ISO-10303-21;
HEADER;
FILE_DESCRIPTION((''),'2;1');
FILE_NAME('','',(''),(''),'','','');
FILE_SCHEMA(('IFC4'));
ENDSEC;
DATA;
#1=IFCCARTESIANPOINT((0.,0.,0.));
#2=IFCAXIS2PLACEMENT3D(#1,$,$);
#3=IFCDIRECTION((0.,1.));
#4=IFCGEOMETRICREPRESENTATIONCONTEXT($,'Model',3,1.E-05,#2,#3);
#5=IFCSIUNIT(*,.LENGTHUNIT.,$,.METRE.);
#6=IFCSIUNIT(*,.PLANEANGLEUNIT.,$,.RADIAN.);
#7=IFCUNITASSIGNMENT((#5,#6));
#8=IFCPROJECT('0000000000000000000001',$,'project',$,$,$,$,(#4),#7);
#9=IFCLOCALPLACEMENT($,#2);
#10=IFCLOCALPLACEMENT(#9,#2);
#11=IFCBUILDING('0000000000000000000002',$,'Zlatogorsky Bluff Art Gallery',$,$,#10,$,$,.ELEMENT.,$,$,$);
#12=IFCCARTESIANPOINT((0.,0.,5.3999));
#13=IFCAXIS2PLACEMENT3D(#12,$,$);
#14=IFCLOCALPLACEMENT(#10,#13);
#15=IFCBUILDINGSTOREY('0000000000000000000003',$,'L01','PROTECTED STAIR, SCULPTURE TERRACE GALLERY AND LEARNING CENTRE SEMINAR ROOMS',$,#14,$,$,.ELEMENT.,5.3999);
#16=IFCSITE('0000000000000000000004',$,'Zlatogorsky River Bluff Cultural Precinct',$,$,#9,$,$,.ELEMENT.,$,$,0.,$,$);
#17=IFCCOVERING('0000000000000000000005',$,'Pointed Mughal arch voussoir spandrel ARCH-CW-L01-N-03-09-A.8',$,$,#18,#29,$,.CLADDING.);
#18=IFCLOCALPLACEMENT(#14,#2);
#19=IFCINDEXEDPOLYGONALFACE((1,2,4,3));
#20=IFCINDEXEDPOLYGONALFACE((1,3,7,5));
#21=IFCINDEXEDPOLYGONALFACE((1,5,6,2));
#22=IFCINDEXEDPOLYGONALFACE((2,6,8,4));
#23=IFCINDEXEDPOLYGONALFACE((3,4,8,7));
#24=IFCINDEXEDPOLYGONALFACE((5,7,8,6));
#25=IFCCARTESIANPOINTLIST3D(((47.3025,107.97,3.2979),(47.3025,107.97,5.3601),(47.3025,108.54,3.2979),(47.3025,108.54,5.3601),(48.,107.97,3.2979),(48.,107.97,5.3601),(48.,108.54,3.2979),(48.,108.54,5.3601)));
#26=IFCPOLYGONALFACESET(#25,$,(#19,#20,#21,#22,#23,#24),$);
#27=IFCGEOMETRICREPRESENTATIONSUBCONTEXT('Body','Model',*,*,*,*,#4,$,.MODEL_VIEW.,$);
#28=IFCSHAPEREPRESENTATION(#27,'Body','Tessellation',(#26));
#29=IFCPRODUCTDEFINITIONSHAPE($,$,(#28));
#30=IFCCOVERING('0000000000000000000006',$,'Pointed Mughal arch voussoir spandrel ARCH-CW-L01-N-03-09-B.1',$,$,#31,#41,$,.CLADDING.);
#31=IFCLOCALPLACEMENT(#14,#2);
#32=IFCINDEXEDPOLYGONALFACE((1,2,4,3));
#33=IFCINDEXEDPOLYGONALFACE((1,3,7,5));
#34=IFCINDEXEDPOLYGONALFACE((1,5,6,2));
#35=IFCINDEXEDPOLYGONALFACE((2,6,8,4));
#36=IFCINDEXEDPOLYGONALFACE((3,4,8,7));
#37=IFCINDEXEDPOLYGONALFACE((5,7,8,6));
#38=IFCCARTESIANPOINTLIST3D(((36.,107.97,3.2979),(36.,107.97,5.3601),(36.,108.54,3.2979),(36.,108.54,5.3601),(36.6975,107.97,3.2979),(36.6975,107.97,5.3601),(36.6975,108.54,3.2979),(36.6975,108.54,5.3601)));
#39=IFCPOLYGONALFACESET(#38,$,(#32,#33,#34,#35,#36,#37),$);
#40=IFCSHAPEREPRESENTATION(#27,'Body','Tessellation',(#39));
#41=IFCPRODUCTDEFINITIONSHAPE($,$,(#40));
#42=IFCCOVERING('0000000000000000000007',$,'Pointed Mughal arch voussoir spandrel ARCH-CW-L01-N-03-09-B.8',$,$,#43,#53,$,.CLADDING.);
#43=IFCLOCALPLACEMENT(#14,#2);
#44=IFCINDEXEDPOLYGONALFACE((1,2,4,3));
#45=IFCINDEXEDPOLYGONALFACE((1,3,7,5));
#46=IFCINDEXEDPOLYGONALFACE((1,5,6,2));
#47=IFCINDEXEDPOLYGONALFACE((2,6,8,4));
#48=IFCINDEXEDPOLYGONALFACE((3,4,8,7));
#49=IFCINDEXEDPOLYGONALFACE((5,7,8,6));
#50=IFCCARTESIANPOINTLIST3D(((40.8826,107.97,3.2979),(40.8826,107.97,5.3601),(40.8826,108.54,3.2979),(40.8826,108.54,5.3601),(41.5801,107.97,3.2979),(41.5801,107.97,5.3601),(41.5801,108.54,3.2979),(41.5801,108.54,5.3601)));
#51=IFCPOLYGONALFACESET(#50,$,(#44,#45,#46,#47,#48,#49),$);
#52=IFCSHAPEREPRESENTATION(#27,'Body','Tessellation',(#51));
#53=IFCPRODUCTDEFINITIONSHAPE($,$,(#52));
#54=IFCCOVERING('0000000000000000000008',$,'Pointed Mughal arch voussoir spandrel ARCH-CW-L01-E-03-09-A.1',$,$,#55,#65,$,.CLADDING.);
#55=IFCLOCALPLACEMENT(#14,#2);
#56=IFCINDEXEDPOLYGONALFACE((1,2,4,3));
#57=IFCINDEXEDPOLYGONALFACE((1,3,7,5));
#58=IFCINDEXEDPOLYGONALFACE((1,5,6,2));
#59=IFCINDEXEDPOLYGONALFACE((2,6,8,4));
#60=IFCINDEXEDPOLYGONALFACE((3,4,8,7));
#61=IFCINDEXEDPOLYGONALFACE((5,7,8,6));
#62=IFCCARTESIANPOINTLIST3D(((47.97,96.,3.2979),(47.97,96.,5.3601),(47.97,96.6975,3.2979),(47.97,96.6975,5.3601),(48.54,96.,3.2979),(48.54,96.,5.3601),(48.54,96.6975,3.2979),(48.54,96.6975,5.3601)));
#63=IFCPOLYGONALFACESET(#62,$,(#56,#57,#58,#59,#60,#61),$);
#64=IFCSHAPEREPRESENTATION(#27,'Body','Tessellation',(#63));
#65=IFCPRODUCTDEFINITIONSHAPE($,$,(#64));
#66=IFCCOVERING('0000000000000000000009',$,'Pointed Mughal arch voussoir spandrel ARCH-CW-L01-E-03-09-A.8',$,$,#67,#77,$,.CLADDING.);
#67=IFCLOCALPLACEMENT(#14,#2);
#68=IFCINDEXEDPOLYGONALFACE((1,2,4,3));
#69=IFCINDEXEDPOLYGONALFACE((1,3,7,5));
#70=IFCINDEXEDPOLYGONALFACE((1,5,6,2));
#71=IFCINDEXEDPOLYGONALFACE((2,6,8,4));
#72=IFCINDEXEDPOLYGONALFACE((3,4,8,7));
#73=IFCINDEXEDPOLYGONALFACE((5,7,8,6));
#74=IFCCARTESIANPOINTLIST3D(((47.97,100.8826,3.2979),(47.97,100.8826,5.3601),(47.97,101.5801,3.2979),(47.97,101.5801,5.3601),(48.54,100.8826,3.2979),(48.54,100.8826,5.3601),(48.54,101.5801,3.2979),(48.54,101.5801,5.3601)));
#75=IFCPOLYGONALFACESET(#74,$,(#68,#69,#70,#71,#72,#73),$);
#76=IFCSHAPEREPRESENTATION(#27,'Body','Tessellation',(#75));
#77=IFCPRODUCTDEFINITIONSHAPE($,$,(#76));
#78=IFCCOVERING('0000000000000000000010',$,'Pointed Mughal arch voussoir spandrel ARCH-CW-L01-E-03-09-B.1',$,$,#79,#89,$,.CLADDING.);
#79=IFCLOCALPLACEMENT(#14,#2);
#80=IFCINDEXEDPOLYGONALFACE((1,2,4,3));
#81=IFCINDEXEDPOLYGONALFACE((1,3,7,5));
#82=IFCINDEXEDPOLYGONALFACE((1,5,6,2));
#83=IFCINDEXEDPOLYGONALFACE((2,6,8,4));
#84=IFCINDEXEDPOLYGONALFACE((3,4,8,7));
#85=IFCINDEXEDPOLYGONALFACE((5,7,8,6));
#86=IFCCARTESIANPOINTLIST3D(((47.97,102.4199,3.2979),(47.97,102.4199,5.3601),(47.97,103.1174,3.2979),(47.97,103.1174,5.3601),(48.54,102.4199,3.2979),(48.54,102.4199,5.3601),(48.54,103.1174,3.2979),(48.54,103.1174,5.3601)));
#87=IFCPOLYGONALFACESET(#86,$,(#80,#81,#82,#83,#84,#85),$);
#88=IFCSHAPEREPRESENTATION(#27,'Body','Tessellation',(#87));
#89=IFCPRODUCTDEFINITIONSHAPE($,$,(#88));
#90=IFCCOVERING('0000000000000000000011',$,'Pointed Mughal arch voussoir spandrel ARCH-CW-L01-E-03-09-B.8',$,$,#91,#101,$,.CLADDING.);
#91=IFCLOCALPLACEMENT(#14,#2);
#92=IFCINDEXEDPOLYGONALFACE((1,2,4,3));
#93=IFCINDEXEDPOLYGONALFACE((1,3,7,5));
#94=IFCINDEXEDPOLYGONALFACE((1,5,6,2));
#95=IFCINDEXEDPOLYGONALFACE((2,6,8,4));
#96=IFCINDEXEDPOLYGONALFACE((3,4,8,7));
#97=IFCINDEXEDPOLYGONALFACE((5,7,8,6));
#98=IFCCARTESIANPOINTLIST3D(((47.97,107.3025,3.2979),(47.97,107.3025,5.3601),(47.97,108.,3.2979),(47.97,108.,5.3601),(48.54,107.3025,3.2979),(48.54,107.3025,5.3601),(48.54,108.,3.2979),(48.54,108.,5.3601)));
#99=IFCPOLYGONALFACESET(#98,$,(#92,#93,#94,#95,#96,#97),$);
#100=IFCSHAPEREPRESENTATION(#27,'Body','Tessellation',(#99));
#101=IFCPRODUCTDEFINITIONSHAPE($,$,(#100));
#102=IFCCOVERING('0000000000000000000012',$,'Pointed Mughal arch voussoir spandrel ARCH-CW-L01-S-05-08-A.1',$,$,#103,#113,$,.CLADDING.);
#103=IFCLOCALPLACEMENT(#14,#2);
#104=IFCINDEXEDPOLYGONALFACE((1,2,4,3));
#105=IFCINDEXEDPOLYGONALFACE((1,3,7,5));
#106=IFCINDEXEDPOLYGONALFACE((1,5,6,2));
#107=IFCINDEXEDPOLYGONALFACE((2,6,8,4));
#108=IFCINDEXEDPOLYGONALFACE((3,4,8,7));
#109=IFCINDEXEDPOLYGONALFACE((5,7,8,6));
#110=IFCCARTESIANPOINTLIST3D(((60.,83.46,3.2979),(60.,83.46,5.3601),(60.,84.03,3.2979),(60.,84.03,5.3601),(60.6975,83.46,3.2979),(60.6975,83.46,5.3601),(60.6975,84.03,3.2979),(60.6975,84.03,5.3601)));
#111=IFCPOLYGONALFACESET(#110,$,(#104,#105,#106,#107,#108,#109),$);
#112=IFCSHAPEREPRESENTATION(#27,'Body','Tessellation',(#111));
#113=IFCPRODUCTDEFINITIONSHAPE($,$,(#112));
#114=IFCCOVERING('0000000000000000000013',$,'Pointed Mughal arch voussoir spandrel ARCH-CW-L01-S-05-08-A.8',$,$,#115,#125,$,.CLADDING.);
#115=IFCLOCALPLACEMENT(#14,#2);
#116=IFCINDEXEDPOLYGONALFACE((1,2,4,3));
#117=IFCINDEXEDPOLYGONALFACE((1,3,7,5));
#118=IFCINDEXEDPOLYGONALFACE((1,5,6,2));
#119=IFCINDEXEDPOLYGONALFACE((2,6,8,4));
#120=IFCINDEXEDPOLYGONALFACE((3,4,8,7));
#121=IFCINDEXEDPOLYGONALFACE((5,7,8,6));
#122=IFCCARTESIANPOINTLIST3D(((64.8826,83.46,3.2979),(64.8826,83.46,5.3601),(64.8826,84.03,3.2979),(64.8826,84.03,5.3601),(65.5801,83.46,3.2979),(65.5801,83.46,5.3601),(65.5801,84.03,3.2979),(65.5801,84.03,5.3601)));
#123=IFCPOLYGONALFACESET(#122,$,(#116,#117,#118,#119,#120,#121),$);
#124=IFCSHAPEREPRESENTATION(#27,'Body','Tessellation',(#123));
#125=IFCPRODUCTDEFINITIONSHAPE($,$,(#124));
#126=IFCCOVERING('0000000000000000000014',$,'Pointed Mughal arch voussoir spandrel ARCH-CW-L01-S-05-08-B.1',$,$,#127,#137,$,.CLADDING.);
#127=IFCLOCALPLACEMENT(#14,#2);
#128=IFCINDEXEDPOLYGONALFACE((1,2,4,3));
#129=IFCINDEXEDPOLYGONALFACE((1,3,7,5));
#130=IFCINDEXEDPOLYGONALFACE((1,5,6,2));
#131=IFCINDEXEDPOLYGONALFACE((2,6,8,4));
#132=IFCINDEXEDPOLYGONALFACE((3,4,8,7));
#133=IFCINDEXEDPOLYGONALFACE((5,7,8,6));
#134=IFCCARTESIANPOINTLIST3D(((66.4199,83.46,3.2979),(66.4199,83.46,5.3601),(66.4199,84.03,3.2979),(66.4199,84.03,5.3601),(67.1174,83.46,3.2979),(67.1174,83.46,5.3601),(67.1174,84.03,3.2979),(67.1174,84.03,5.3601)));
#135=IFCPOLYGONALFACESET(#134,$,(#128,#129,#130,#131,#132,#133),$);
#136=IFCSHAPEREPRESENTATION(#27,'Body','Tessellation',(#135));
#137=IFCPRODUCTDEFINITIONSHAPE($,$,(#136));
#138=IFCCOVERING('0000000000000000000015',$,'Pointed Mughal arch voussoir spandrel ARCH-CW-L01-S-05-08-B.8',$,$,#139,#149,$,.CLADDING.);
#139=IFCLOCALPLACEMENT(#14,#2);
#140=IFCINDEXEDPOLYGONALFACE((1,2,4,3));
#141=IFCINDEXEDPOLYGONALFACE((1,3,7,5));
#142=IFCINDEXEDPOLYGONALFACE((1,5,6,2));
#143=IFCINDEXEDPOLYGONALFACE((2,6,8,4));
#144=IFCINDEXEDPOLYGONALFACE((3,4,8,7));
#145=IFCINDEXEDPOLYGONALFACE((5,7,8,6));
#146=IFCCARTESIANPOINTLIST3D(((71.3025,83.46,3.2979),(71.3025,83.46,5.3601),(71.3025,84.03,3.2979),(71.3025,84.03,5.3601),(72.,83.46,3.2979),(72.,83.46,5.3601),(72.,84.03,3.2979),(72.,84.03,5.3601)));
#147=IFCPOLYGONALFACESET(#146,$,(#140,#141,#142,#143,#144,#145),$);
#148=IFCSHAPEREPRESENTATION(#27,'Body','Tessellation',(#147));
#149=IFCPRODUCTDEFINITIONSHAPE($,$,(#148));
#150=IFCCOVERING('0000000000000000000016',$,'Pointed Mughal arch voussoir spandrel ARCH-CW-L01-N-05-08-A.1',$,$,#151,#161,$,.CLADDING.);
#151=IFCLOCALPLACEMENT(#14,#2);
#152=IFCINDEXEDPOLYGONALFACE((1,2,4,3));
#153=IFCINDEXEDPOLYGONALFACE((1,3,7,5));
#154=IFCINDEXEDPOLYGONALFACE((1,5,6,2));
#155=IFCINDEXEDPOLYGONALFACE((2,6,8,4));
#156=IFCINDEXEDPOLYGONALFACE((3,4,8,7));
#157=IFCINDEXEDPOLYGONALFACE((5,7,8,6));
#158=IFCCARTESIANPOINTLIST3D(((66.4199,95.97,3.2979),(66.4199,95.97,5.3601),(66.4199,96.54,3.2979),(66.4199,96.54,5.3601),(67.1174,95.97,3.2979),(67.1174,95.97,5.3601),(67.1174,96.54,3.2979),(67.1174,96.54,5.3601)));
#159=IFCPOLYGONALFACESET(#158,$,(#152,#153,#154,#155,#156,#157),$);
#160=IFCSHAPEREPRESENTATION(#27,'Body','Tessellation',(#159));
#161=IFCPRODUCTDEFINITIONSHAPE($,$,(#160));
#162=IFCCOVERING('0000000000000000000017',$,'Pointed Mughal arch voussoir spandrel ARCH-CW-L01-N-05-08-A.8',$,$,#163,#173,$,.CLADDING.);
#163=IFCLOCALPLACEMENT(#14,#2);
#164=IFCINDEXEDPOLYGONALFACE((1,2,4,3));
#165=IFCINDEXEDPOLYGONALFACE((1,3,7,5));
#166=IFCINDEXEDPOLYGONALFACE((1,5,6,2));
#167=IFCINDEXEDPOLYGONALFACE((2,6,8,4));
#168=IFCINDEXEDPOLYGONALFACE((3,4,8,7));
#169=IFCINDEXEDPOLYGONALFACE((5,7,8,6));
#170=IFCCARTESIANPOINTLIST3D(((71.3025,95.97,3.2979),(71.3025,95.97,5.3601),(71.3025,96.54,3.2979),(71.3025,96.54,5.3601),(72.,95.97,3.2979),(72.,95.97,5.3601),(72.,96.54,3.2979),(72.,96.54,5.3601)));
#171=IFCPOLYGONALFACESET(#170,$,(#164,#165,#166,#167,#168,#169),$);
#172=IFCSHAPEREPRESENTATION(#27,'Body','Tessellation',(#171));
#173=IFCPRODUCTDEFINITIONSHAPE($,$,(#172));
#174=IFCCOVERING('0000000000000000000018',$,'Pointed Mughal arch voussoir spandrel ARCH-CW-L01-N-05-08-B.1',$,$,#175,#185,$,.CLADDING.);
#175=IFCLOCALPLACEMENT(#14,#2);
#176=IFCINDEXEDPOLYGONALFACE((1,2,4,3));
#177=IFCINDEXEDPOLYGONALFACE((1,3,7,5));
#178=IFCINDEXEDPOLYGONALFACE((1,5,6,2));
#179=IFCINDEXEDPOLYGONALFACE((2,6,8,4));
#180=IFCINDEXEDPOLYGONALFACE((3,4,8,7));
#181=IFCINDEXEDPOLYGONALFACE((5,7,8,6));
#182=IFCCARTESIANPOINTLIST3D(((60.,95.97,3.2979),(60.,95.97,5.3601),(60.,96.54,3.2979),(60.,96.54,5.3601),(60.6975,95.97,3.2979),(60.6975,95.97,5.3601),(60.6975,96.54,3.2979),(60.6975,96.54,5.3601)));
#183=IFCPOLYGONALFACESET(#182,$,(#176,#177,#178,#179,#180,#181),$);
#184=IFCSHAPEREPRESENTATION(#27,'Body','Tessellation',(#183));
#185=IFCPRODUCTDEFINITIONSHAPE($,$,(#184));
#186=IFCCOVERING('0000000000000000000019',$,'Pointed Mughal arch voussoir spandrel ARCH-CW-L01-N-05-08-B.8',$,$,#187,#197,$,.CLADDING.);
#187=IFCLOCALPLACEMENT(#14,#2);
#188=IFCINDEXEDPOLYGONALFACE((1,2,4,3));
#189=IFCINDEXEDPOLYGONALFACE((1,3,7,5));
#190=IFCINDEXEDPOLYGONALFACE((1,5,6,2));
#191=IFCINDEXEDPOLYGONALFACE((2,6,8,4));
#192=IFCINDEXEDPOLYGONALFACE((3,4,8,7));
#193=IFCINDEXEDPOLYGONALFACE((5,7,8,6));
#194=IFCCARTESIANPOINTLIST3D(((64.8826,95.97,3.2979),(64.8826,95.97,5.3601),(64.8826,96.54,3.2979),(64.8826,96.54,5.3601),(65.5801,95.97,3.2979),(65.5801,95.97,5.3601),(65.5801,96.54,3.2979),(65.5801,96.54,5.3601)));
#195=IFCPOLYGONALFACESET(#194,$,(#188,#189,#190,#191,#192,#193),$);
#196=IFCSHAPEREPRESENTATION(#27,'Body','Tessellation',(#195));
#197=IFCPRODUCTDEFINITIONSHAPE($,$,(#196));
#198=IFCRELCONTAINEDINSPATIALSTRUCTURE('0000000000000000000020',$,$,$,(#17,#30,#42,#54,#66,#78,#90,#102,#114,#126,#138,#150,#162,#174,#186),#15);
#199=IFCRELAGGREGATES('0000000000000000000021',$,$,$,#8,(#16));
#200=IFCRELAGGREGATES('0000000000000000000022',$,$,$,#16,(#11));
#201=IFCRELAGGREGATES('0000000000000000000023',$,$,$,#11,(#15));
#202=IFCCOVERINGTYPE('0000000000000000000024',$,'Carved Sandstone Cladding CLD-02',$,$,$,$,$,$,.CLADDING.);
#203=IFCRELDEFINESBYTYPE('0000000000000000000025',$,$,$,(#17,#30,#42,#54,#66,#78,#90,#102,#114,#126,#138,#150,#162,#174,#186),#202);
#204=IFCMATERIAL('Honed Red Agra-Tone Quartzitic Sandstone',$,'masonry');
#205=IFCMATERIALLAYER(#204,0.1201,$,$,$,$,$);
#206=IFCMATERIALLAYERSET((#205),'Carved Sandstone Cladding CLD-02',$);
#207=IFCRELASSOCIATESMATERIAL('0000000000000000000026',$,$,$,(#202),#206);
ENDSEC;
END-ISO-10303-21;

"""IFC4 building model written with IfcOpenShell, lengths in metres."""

from ifc_helpers import new_model, si_unit, direction, frame, origin, place, context, subcontext, project, spatial, polyline, outline, extrude, material, layer, layer_set, type_object, element, save


model = new_model("IFC4")

# Units and contexts
model_context = context("Model", 3, precision=1e-05, world=origin(), true_north=direction((0.0, 1.0)))
body_context = subcontext(model_context, "Body", "Model", "MODEL_VIEW")
ifc_project = project(units=[si_unit("LENGTHUNIT", "METRE"), si_unit("PLANEANGLEUNIT", "RADIAN")], contexts=[model_context])

# Site, building, storey
site_placement = place(None, origin())
site = spatial("IfcSite", under=ifc_project, at=site_placement, Name="Zlatogorsky River Bluff Cultural Precinct", CompositionType="ELEMENT", RefElevation=0.0)
building_placement = place(site_placement, origin())
building = spatial("IfcBuilding", under=site, at=building_placement, Name="Zlatogorsky Bluff Art Gallery", CompositionType="ELEMENT")
storey_placement = place(building_placement, frame((0.0, 0.0, 5.3999)))
storey = spatial("IfcBuildingStorey", under=building, at=storey_placement, Name="L01", Description="PROTECTED STAIR, SCULPTURE TERRACE GALLERY AND LEARNING CENTRE SEMINAR ROOMS", CompositionType="ELEMENT", Elevation=5.3999)

# Coverings
ifc_material = material(Name="Honed Red Agra-Tone Quartzitic Sandstone", Category="masonry")
ifc_layer = layer(ifc_material, 0.1201)
ifc_layer_set = layer_set([ifc_layer], Name="Carved Sandstone Cladding CLD-02")
covering_type = type_object("IfcCoveringType", Name="Carved Sandstone Cladding CLD-02", PredefinedType="CLADDING", material=ifc_layer_set)
covering_1_placement = place(storey_placement, frame((0.0, 0.0, 3.2979)))
element("IfcCovering", 1, at=covering_1_placement, inside=storey, type_object=covering_type, Name="Pointed Mughal arch voussoir spandrel ARCH-CW-L01-N-03-09-A.8", PredefinedType="CLADDING", context=body_context, shape_type="SweptSolid", body=[
    extrude(outline(polyline([(47.3025, 107.97), (48.0, 107.97), (48.0, 108.54), (47.3025, 108.54), (47.3025, 107.97)])), origin(), (0.0, 0.0, 1.0), 2.0623),
])
covering_2_placement = place(storey_placement, frame((0.0, 0.0, 3.2979)))
element("IfcCovering", 2, at=covering_2_placement, inside=storey, type_object=covering_type, Name="Pointed Mughal arch voussoir spandrel ARCH-CW-L01-N-03-09-B.1", PredefinedType="CLADDING", context=body_context, shape_type="SweptSolid", body=[
    extrude(outline(polyline([(36.0, 107.97), (36.6975, 107.97), (36.6975, 108.54), (36.0, 108.54), (36.0, 107.97)])), origin(), (0.0, 0.0, 1.0), 2.0623),
])
covering_3_placement = place(storey_placement, frame((0.0, 0.0, 3.2979)))
element("IfcCovering", 3, at=covering_3_placement, inside=storey, type_object=covering_type, Name="Pointed Mughal arch voussoir spandrel ARCH-CW-L01-N-03-09-B.8", PredefinedType="CLADDING", context=body_context, shape_type="SweptSolid", body=[
    extrude(outline(polyline([(40.8826, 107.97), (41.5801, 107.97), (41.5801, 108.54), (40.8826, 108.54), (40.8826, 107.97)])), origin(), (0.0, 0.0, 1.0), 2.0623),
])
covering_4_placement = place(storey_placement, frame((0.0, 0.0, 3.2979)))
element("IfcCovering", 4, at=covering_4_placement, inside=storey, type_object=covering_type, Name="Pointed Mughal arch voussoir spandrel ARCH-CW-L01-E-03-09-A.1", PredefinedType="CLADDING", context=body_context, shape_type="SweptSolid", body=[
    extrude(outline(polyline([(47.97, 96.0), (47.97, 96.6975), (48.54, 96.6975), (48.54, 96.0), (47.97, 96.0)])), origin(), (0.0, 0.0, 1.0), 2.0623),
])
covering_5_placement = place(storey_placement, frame((0.0, 0.0, 3.2979)))
element("IfcCovering", 5, at=covering_5_placement, inside=storey, type_object=covering_type, Name="Pointed Mughal arch voussoir spandrel ARCH-CW-L01-E-03-09-A.8", PredefinedType="CLADDING", context=body_context, shape_type="SweptSolid", body=[
    extrude(outline(polyline([(47.97, 100.8826), (47.97, 101.5801), (48.54, 101.5801), (48.54, 100.8826), (47.97, 100.8826)])), origin(), (0.0, 0.0, 1.0), 2.0623),
])
covering_6_placement = place(storey_placement, frame((0.0, 0.0, 3.2979)))
element("IfcCovering", 6, at=covering_6_placement, inside=storey, type_object=covering_type, Name="Pointed Mughal arch voussoir spandrel ARCH-CW-L01-E-03-09-B.1", PredefinedType="CLADDING", context=body_context, shape_type="SweptSolid", body=[
    extrude(outline(polyline([(47.97, 102.4199), (47.97, 103.1174), (48.54, 103.1174), (48.54, 102.4199), (47.97, 102.4199)])), origin(), (0.0, 0.0, 1.0), 2.0623),
])
covering_7_placement = place(storey_placement, frame((0.0, 0.0, 3.2979)))
element("IfcCovering", 7, at=covering_7_placement, inside=storey, type_object=covering_type, Name="Pointed Mughal arch voussoir spandrel ARCH-CW-L01-E-03-09-B.8", PredefinedType="CLADDING", context=body_context, shape_type="SweptSolid", body=[
    extrude(outline(polyline([(47.97, 107.3025), (47.97, 108.0), (48.54, 108.0), (48.54, 107.3025), (47.97, 107.3025)])), origin(), (0.0, 0.0, 1.0), 2.0623),
])
covering_8_placement = place(storey_placement, frame((0.0, 0.0, 3.2979)))
element("IfcCovering", 8, at=covering_8_placement, inside=storey, type_object=covering_type, Name="Pointed Mughal arch voussoir spandrel ARCH-CW-L01-S-05-08-A.1", PredefinedType="CLADDING", context=body_context, shape_type="SweptSolid", body=[
    extrude(outline(polyline([(60.0, 83.46), (60.6975, 83.46), (60.6975, 84.03), (60.0, 84.03), (60.0, 83.46)])), origin(), (0.0, 0.0, 1.0), 2.0623),
])
covering_9_placement = place(storey_placement, frame((0.0, 0.0, 3.2979)))
element("IfcCovering", 9, at=covering_9_placement, inside=storey, type_object=covering_type, Name="Pointed Mughal arch voussoir spandrel ARCH-CW-L01-S-05-08-A.8", PredefinedType="CLADDING", context=body_context, shape_type="SweptSolid", body=[
    extrude(outline(polyline([(64.8826, 83.46), (65.5801, 83.46), (65.5801, 84.03), (64.8826, 84.03), (64.8826, 83.46)])), origin(), (0.0, 0.0, 1.0), 2.0623),
])
covering_10_placement = place(storey_placement, frame((0.0, 0.0, 3.2979)))
element("IfcCovering", 10, at=covering_10_placement, inside=storey, type_object=covering_type, Name="Pointed Mughal arch voussoir spandrel ARCH-CW-L01-S-05-08-B.1", PredefinedType="CLADDING", context=body_context, shape_type="SweptSolid", body=[
    extrude(outline(polyline([(66.4199, 83.46), (67.1174, 83.46), (67.1174, 84.03), (66.4199, 84.03), (66.4199, 83.46)])), origin(), (0.0, 0.0, 1.0), 2.0623),
])
covering_11_placement = place(storey_placement, frame((0.0, 0.0, 3.2979)))
element("IfcCovering", 11, at=covering_11_placement, inside=storey, type_object=covering_type, Name="Pointed Mughal arch voussoir spandrel ARCH-CW-L01-S-05-08-B.8", PredefinedType="CLADDING", context=body_context, shape_type="SweptSolid", body=[
    extrude(outline(polyline([(71.3025, 83.46), (72.0, 83.46), (72.0, 84.03), (71.3025, 84.03), (71.3025, 83.46)])), origin(), (0.0, 0.0, 1.0), 2.0623),
])
covering_12_placement = place(storey_placement, frame((0.0, 0.0, 3.2979)))
element("IfcCovering", 12, at=covering_12_placement, inside=storey, type_object=covering_type, Name="Pointed Mughal arch voussoir spandrel ARCH-CW-L01-N-05-08-A.1", PredefinedType="CLADDING", context=body_context, shape_type="SweptSolid", body=[
    extrude(outline(polyline([(66.4199, 95.97), (67.1174, 95.97), (67.1174, 96.54), (66.4199, 96.54), (66.4199, 95.97)])), origin(), (0.0, 0.0, 1.0), 2.0623),
])
covering_13_placement = place(storey_placement, frame((0.0, 0.0, 3.2979)))
element("IfcCovering", 13, at=covering_13_placement, inside=storey, type_object=covering_type, Name="Pointed Mughal arch voussoir spandrel ARCH-CW-L01-N-05-08-A.8", PredefinedType="CLADDING", context=body_context, shape_type="SweptSolid", body=[
    extrude(outline(polyline([(71.3025, 95.97), (72.0, 95.97), (72.0, 96.54), (71.3025, 96.54), (71.3025, 95.97)])), origin(), (0.0, 0.0, 1.0), 2.0623),
])
covering_14_placement = place(storey_placement, frame((0.0, 0.0, 3.2979)))
element("IfcCovering", 14, at=covering_14_placement, inside=storey, type_object=covering_type, Name="Pointed Mughal arch voussoir spandrel ARCH-CW-L01-N-05-08-B.1", PredefinedType="CLADDING", context=body_context, shape_type="SweptSolid", body=[
    extrude(outline(polyline([(60.0, 95.97), (60.6975, 95.97), (60.6975, 96.54), (60.0, 96.54), (60.0, 95.97)])), origin(), (0.0, 0.0, 1.0), 2.0623),
])
covering_15_placement = place(storey_placement, frame((0.0, 0.0, 3.2979)))
element("IfcCovering", 15, at=covering_15_placement, inside=storey, type_object=covering_type, Name="Pointed Mughal arch voussoir spandrel ARCH-CW-L01-N-05-08-B.8", PredefinedType="CLADDING", context=body_context, shape_type="SweptSolid", body=[
    extrude(outline(polyline([(64.8826, 95.97), (65.5801, 95.97), (65.5801, 96.54), (64.8826, 96.54), (64.8826, 95.97)])), origin(), (0.0, 0.0, 1.0), 2.0623),
])

save(model, "model.ifc")
